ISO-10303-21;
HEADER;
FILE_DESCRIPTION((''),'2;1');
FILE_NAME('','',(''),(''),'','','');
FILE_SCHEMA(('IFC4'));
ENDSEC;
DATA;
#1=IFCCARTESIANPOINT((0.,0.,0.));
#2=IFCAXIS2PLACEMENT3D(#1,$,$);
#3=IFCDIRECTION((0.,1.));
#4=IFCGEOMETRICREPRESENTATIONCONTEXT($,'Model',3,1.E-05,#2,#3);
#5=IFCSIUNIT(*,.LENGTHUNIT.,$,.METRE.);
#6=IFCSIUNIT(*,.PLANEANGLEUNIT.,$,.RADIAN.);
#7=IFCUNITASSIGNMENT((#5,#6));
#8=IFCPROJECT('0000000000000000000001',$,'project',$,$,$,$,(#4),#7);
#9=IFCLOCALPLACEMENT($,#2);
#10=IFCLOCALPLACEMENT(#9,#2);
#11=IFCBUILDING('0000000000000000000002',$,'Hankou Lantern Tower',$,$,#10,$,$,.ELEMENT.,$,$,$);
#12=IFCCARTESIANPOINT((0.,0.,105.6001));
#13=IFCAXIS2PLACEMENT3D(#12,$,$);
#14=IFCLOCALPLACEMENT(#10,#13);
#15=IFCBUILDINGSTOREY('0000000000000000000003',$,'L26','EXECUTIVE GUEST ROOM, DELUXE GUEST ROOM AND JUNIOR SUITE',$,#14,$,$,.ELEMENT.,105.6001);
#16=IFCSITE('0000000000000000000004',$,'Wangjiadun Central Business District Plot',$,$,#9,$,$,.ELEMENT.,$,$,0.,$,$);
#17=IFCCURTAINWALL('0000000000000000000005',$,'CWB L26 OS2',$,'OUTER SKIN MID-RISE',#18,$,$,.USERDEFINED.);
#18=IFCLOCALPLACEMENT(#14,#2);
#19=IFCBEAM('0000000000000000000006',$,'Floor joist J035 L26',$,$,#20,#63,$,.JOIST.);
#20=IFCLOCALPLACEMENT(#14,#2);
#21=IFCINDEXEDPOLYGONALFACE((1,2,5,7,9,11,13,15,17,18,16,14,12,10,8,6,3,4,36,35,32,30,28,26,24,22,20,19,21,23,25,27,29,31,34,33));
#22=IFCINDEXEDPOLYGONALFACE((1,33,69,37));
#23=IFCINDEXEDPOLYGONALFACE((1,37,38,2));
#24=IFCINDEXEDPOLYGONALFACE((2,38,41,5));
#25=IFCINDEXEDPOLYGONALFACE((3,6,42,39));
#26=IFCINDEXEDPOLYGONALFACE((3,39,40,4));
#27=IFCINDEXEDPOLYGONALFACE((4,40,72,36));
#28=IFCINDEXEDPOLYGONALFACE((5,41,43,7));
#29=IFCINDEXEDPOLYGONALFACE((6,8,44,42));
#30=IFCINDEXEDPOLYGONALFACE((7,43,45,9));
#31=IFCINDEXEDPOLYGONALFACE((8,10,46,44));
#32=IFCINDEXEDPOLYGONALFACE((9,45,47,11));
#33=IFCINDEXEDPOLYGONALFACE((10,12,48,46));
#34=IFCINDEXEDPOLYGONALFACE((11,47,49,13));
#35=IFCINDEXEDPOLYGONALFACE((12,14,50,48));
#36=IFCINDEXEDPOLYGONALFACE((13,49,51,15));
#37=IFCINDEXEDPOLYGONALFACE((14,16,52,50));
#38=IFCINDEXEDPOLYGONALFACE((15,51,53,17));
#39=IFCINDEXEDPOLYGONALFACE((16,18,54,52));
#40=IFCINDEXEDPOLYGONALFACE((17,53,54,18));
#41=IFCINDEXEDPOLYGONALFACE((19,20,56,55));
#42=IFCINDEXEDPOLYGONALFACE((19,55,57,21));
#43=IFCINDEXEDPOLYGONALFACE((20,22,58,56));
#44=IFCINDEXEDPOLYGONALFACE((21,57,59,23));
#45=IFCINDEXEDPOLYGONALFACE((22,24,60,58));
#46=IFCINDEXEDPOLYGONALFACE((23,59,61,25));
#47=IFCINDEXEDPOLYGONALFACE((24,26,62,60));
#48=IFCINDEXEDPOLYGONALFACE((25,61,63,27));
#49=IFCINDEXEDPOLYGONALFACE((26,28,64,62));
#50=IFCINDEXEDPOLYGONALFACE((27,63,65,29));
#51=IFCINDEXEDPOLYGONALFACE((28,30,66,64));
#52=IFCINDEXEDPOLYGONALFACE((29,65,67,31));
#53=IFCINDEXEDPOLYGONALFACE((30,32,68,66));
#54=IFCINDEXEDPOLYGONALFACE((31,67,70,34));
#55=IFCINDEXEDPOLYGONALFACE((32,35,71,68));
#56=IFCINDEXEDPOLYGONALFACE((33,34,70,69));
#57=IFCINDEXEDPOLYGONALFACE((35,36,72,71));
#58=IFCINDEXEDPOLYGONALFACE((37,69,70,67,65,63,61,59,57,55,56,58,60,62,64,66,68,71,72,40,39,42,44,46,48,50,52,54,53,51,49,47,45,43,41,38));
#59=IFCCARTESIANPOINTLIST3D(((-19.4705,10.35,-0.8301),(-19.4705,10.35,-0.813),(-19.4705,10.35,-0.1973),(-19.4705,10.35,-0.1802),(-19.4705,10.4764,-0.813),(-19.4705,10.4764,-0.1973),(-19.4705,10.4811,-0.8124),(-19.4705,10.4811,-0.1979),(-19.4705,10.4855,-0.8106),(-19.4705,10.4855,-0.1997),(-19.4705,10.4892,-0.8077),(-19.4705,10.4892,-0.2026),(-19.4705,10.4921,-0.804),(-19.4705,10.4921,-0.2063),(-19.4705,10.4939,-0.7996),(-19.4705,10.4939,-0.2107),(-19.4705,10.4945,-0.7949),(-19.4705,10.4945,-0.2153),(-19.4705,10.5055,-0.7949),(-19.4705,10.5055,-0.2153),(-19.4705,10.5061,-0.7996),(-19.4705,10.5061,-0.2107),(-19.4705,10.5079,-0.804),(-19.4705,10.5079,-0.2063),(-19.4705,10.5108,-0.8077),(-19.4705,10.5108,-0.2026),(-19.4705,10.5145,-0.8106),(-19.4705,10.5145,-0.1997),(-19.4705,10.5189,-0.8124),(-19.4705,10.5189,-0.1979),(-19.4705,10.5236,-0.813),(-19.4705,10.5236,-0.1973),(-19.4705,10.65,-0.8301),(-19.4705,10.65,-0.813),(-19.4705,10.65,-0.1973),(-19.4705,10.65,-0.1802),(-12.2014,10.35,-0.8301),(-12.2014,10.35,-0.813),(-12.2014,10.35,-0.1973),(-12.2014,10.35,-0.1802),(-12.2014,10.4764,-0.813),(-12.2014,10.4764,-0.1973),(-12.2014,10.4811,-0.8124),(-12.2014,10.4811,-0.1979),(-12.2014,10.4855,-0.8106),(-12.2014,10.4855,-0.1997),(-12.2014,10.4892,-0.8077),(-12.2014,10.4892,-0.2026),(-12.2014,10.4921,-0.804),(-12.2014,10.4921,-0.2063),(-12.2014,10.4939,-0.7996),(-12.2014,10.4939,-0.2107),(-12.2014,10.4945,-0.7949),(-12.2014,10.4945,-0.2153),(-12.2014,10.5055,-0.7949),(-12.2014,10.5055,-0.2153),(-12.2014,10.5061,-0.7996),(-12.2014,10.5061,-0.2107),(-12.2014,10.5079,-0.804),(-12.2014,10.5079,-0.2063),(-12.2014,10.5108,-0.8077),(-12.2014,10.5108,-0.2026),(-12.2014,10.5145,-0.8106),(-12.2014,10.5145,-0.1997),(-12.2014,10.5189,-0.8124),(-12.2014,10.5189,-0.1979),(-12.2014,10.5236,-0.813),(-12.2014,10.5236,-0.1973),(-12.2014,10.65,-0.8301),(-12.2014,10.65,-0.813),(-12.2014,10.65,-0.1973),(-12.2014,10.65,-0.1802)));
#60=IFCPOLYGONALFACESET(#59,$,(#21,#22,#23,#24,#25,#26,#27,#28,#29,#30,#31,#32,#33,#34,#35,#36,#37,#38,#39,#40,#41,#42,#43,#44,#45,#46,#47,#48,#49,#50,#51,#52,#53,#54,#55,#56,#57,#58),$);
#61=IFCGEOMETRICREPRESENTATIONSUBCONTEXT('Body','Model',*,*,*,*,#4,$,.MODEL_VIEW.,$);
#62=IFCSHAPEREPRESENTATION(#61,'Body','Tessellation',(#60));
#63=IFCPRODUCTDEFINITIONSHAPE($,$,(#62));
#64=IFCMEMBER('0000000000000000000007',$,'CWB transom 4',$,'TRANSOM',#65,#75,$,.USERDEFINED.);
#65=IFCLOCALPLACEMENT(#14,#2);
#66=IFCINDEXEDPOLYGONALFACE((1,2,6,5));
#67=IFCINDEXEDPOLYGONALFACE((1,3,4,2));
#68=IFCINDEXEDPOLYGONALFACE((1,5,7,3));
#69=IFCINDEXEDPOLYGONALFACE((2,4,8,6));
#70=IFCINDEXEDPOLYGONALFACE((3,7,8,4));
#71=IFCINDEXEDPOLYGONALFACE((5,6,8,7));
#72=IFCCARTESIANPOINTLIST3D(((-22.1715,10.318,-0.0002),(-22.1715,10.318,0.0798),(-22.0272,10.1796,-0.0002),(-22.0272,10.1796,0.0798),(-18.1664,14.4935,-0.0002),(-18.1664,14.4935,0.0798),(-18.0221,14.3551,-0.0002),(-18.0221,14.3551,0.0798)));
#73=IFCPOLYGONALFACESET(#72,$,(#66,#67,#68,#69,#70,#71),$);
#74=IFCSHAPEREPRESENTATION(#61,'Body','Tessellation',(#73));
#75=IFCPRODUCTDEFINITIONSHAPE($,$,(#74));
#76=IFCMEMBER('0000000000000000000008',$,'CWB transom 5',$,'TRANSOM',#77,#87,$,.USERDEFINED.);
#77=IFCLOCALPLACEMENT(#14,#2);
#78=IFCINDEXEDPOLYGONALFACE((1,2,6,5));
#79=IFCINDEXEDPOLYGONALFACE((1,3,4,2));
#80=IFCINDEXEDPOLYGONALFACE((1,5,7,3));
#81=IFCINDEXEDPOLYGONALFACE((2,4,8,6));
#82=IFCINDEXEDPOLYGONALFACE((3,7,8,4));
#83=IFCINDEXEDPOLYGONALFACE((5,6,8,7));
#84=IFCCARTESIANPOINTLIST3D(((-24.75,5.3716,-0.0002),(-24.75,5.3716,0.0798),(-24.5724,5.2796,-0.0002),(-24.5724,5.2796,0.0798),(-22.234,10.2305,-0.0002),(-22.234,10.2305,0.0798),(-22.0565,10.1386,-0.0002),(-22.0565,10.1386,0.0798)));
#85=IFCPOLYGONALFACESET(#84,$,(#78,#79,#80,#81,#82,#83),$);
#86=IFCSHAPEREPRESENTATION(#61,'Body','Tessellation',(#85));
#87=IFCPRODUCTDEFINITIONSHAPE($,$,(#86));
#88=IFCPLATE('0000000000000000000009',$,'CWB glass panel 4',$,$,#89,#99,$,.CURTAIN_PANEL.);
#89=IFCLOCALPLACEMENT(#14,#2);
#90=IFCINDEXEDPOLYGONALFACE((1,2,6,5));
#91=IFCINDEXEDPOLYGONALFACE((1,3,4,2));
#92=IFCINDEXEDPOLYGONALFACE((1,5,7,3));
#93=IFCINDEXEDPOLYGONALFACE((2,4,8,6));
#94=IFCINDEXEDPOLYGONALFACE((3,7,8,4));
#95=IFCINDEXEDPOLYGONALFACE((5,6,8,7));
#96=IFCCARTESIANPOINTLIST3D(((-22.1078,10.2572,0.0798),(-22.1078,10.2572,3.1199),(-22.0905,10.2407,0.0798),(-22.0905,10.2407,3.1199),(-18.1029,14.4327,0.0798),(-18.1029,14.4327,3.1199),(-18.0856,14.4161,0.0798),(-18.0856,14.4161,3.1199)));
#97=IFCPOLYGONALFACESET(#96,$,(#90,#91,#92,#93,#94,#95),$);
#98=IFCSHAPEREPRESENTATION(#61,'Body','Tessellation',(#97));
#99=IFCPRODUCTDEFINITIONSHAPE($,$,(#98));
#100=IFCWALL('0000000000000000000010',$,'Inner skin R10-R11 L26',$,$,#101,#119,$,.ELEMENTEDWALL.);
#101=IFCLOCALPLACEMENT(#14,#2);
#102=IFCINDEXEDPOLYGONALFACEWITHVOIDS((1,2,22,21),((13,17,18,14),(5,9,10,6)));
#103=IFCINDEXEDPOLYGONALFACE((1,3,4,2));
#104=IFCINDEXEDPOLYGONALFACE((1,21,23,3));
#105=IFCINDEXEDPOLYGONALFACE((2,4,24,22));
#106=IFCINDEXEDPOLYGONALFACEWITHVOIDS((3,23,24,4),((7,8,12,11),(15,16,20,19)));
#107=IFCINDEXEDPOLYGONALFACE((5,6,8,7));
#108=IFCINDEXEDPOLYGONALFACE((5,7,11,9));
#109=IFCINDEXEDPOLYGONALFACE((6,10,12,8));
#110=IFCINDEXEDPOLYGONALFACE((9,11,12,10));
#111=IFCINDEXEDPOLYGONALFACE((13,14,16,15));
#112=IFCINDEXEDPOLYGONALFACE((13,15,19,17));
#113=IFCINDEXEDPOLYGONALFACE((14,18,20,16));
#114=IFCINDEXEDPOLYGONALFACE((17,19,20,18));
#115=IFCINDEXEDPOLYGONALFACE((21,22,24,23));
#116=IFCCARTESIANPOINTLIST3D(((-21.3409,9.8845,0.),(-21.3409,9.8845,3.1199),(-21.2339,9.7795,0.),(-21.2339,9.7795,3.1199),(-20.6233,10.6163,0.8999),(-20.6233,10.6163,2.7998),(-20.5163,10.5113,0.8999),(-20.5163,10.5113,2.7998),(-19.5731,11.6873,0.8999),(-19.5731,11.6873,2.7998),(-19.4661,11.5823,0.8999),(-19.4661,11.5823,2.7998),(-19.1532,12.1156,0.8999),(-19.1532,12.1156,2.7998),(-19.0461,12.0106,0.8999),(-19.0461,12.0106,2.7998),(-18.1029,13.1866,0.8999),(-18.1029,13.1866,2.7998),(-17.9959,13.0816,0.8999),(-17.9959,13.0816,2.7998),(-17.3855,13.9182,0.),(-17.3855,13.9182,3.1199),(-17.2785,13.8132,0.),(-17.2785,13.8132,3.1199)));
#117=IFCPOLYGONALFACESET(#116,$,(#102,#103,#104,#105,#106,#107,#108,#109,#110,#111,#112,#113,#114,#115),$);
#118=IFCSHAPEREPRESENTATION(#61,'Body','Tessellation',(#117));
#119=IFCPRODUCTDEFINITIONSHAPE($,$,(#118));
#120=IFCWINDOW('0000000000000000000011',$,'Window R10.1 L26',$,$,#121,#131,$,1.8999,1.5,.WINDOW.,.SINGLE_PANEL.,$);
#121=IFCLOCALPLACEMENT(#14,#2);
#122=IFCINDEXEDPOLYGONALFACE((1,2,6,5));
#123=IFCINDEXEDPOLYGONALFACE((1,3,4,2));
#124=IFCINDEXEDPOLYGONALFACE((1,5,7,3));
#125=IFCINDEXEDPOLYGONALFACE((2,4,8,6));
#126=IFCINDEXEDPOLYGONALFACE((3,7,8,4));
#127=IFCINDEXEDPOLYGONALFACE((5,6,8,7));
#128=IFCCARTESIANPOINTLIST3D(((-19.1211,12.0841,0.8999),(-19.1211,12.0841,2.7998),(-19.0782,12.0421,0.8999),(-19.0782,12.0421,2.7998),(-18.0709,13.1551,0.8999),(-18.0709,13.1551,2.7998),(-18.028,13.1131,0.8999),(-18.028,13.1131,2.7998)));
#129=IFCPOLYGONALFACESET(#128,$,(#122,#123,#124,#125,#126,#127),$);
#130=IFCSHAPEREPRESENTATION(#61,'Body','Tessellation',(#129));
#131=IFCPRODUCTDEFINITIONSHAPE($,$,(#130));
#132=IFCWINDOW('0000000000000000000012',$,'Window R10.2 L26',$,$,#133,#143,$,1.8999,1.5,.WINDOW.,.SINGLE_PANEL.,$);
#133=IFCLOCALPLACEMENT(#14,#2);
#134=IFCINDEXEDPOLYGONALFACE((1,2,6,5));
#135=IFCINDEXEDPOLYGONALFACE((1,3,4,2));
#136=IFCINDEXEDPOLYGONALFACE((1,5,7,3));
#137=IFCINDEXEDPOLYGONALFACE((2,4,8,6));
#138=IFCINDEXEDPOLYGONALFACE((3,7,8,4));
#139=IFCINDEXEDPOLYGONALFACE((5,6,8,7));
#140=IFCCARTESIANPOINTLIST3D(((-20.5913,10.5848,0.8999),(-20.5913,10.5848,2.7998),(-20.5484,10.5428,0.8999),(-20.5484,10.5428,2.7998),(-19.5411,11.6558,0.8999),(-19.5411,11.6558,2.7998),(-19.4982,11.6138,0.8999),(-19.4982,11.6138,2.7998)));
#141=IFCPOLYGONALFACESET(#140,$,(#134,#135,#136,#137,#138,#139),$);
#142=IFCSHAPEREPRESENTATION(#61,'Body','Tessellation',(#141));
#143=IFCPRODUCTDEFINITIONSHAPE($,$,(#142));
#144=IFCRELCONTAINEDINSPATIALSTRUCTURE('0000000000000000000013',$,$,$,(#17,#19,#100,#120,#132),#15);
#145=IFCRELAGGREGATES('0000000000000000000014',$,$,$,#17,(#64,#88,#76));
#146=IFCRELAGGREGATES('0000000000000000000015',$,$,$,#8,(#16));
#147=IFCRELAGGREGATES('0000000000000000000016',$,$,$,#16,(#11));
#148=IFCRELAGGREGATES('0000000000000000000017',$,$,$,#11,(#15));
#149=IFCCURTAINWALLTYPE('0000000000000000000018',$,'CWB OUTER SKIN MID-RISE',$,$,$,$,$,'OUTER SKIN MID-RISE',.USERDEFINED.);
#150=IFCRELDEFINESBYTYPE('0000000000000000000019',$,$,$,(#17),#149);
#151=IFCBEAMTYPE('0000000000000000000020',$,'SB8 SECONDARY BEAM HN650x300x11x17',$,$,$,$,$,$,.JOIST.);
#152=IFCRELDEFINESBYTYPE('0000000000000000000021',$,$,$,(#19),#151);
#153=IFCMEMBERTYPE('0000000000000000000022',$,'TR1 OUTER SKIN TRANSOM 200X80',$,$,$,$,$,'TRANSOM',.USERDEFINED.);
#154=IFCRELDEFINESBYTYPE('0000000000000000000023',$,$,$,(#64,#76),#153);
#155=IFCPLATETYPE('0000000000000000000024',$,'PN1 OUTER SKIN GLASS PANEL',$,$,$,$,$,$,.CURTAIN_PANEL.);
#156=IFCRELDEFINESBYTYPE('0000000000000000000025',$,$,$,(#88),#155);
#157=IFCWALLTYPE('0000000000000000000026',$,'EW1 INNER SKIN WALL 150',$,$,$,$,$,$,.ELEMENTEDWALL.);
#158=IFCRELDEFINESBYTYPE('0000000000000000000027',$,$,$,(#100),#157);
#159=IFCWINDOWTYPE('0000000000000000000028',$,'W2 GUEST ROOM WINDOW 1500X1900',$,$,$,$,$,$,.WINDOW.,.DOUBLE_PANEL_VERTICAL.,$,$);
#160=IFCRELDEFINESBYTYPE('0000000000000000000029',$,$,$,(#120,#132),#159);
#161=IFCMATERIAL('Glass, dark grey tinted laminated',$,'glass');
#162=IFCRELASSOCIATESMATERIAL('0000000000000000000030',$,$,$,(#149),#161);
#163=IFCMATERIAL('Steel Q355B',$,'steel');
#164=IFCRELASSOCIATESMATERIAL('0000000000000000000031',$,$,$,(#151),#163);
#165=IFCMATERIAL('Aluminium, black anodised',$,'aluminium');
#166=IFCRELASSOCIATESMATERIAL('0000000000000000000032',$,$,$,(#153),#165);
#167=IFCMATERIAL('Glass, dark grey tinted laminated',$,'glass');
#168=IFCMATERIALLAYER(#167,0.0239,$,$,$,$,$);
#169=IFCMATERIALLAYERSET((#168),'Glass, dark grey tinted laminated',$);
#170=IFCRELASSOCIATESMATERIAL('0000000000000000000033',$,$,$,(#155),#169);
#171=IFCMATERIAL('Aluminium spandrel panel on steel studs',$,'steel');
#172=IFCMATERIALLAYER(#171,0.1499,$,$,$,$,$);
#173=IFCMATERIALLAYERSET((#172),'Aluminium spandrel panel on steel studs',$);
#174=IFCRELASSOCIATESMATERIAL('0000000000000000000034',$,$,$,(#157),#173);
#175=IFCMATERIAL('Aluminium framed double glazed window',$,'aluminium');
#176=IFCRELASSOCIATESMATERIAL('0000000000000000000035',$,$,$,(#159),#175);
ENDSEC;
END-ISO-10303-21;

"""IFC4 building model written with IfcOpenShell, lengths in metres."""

from ifc_helpers import new_model, si_unit, direction, frame, frame_2d, origin, origin_2d, place, context, subcontext, project, spatial, rectangle, i_section, extrude, material, layer, layer_set, material_profile, profile_set, type_object, element, fill, aggregate, save


model = new_model("IFC4")

# Units and contexts
model_context = context("Model", 3, precision=1e-05, world=origin(), true_north=direction((0.0, 1.0)))
body_context = subcontext(model_context, "Body", "Model", "MODEL_VIEW")
ifc_project = project(units=[si_unit("LENGTHUNIT", "METRE"), si_unit("PLANEANGLEUNIT", "RADIAN")], contexts=[model_context])

# Site, building, storey
site_placement = place(None, origin())
site = spatial("IfcSite", under=ifc_project, at=site_placement, Name="Wangjiadun Central Business District Plot", CompositionType="ELEMENT", RefElevation=0.0)
building_placement = place(site_placement, origin())
building = spatial("IfcBuilding", under=site, at=building_placement, Name="Hankou Lantern Tower", CompositionType="ELEMENT")
storey_placement = place(building_placement, frame((0.0, 0.0, 105.6001)))
storey = spatial("IfcBuildingStorey", under=building, at=storey_placement, Name="L26", Description="EXECUTIVE GUEST ROOM, DELUXE GUEST ROOM AND JUNIOR SUITE", CompositionType="ELEMENT", Elevation=105.6001)

# Curtain wall
ifc_material_1 = material(Name="Glass, dark grey tinted laminated", Category="glass")
curtain_wall_type = type_object("IfcCurtainWallType", Name="CWB OUTER SKIN MID-RISE", ElementType="OUTER SKIN MID-RISE", PredefinedType="USERDEFINED", material=ifc_material_1)
curtain_wall_placement = place(storey_placement, origin())
curtain_wall = element("IfcCurtainWall", 1, at=curtain_wall_placement, inside=storey, type_object=curtain_wall_type, Name="CWB L26 OS2", ObjectType="OUTER SKIN MID-RISE", PredefinedType="USERDEFINED")

# Beam
ifc_material_2 = material(Name="Steel Q355B", Category="steel")
ifc_material_profile_1 = material_profile(ifc_material_2, i_section(OverallWidth=0.3, OverallDepth=0.6499, WebThickness=0.011, FlangeThickness=0.0171, FilletRadius=0.0181, at=origin_2d()), Name="HN650x300x11x17")
ifc_profile_set_1 = profile_set([ifc_material_profile_1], Name="Steel Q355B")
beam_type_1 = type_object("IfcBeamType", Name="SB8 SECONDARY BEAM HN650x300x11x17", PredefinedType="JOIST", material=ifc_profile_set_1)
beam_1_placement = place(storey_placement, frame((-19.4705, 10.5, -0.5051), z_axis=(1.0, 0.0, 0.0), x_axis=(0.0, 1.0, 0.0)))
element("IfcBeam", 2, at=beam_1_placement, inside=storey, type_object=beam_type_1, Name="Floor joist J035 L26", PredefinedType="JOIST", context=body_context, shape_type="SweptSolid", body=[
    extrude(i_section(OverallWidth=0.3, OverallDepth=0.6499, WebThickness=0.011, FlangeThickness=0.0171, FilletRadius=0.0181, at=origin_2d()), origin(), (0.0, 0.0, 1.0), 7.269),
])

# Members
ifc_material_3 = material(Name="Aluminium, black anodised", Category="aluminium")
ifc_material_profile_2 = material_profile(ifc_material_3, rectangle(XDim=0.2, YDim=0.0801, at=origin_2d()), Name="TR1 200X80")
ifc_profile_set_2 = profile_set([ifc_material_profile_2], Name="Aluminium, black anodised")
member_type_1 = type_object("IfcMemberType", Name="TR1 OUTER SKIN TRANSOM 200X80", ElementType="TRANSOM", PredefinedType="USERDEFINED", material=ifc_profile_set_2)
member_1_placement = place(storey_placement, frame((-18.0942, 14.4243, 0.0398), z_axis=(-0.692227, -0.72168, 0.0), x_axis=(0.72168, -0.692227, 0.0)))
member_1 = element("IfcMember", 3, at=member_1_placement, type_object=member_type_1, Name="CWB transom 4", ObjectType="TRANSOM", PredefinedType="USERDEFINED", context=body_context, shape_type="SweptSolid", body=[
    extrude(rectangle(XDim=0.2, YDim=0.0801, at=origin_2d()), origin(), (0.0, 0.0, 1.0), 5.7859),
])
member_2_placement = place(storey_placement, frame((-22.1453, 10.1846, 0.0398), z_axis=(-0.459805, -0.88802, 0.0), x_axis=(0.88802, -0.459805, 0.0)))
member_2 = element("IfcMember", 4, at=member_2_placement, type_object=member_type_1, Name="CWB transom 5", ObjectType="TRANSOM", PredefinedType="USERDEFINED", context=body_context, shape_type="SweptSolid", body=[
    extrude(rectangle(XDim=0.2, YDim=0.0801, at=origin_2d()), origin(), (0.0, 0.0, 1.0), 5.4717),
])

# Plate
ifc_material_4 = material(Name="Glass, dark grey tinted laminated", Category="glass")
ifc_layer_1 = layer(ifc_material_4, 0.0239)
ifc_layer_set_1 = layer_set([ifc_layer_1], Name="Glass, dark grey tinted laminated")
plate_type = type_object("IfcPlateType", Name="PN1 OUTER SKIN GLASS PANEL", PredefinedType="CURTAIN_PANEL", material=ifc_layer_set_1)
plate_placement = place(storey_placement, frame((-20.0967, 12.3367, 0.0798), z_axis=(0.0, 0.0, 1.0), x_axis=(-0.692216, -0.721691, 0.0)))
plate = element("IfcPlate", 5, at=plate_placement, type_object=plate_type, Name="CWB glass panel 4", PredefinedType="CURTAIN_PANEL", context=body_context, shape_type="SweptSolid", body=[
    extrude(rectangle(XDim=5.7856, YDim=0.0239, at=origin_2d()), origin(), (0.0, 0.0, 1.0), 3.04),
])
aggregate(curtain_wall, [member_1, plate, member_2])

# Wall, openings, windows
ifc_material_5 = material(Name="Aluminium spandrel panel on steel studs", Category="steel")
ifc_layer_2 = layer(ifc_material_5, 0.1499)
ifc_layer_set_2 = layer_set([ifc_layer_2], Name="Aluminium spandrel panel on steel studs")
wall_type = type_object("IfcWallType", Name="EW1 INNER SKIN WALL 150", PredefinedType="ELEMENTEDWALL", material=ifc_layer_set_2)
wall_1_placement = place(storey_placement, frame((-17.332, 13.8657, 0.0), z_axis=(0.0, 0.0, 1.0), x_axis=(-0.700137, -0.714009, 0.0)))
wall_1 = element("IfcWall", 6, at=wall_1_placement, inside=storey, type_object=wall_type, Name="Inner skin R10-R11 L26", PredefinedType="ELEMENTEDWALL", context=body_context, shape_type="SweptSolid", body=[
    extrude(rectangle(XDim=5.6494, YDim=0.1499, at=frame_2d((2.8247, 0.0))), origin(), (0.0, 0.0, 1.0), 3.1199),
])
opening_1_placement = place(wall_1_placement, frame((1.0247, 0.0, 0.8999)))
opening_1 = element("IfcOpeningElement", 7, at=opening_1_placement, cuts=wall_1, PredefinedType="OPENING", context=body_context, shape_type="SweptSolid", body=[
    extrude(rectangle(XDim=1.5, YDim=1.8999, at=frame_2d((0.75, 0.95))), frame((0.0, 0.085, 0.0), z_axis=(0.0, -1.0, 0.0), x_axis=(1.0, 0.0, 0.0)), (0.0, 0.0, 1.0), 0.1699),
])
opening_2_placement = place(wall_1_placement, frame((3.1245, 0.0, 0.8999)))
opening_2 = element("IfcOpeningElement", 8, at=opening_2_placement, cuts=wall_1, PredefinedType="OPENING", context=body_context, shape_type="SweptSolid", body=[
    extrude(rectangle(XDim=1.5, YDim=1.8999, at=frame_2d((0.75, 0.95))), frame((0.0, 0.085, 0.0), z_axis=(0.0, -1.0, 0.0), x_axis=(1.0, 0.0, 0.0)), (0.0, 0.0, 1.0), 0.1699),
])
ifc_material_6 = material(Name="Aluminium framed double glazed window", Category="aluminium")
window_type = type_object("IfcWindowType", Name="W2 GUEST ROOM WINDOW 1500X1900", PartitioningType="DOUBLE_PANEL_VERTICAL", PredefinedType="WINDOW", material=ifc_material_6)
window_1_placement = place(opening_1_placement, origin())
window_1 = element("IfcWindow", 9, at=window_1_placement, inside=storey, type_object=window_type, Name="Window R10.1 L26", OverallHeight=1.8999, OverallWidth=1.5, PartitioningType="SINGLE_PANEL", PredefinedType="WINDOW", context=body_context, shape_type="SweptSolid", body=[
    extrude(rectangle(XDim=1.5, YDim=1.8999, at=frame_2d((0.75, 0.95))), frame((0.0, 0.03, 0.0), z_axis=(0.0, -1.0, 0.0), x_axis=(1.0, 0.0, 0.0)), (0.0, 0.0, 1.0), 0.0601),
])
fill(opening_1, window_1)
window_2_placement = place(opening_2_placement, origin())
window_2 = element("IfcWindow", 10, at=window_2_placement, inside=storey, type_object=window_type, Name="Window R10.2 L26", OverallHeight=1.8999, OverallWidth=1.5, PartitioningType="SINGLE_PANEL", PredefinedType="WINDOW", context=body_context, shape_type="SweptSolid", body=[
    extrude(rectangle(XDim=1.5, YDim=1.8999, at=frame_2d((0.75, 0.95))), frame((0.0, 0.03, 0.0), z_axis=(0.0, -1.0, 0.0), x_axis=(1.0, 0.0, 0.0)), (0.0, 0.0, 1.0), 0.0601),
])
fill(opening_2, window_2)

save(model, "model.ifc")
